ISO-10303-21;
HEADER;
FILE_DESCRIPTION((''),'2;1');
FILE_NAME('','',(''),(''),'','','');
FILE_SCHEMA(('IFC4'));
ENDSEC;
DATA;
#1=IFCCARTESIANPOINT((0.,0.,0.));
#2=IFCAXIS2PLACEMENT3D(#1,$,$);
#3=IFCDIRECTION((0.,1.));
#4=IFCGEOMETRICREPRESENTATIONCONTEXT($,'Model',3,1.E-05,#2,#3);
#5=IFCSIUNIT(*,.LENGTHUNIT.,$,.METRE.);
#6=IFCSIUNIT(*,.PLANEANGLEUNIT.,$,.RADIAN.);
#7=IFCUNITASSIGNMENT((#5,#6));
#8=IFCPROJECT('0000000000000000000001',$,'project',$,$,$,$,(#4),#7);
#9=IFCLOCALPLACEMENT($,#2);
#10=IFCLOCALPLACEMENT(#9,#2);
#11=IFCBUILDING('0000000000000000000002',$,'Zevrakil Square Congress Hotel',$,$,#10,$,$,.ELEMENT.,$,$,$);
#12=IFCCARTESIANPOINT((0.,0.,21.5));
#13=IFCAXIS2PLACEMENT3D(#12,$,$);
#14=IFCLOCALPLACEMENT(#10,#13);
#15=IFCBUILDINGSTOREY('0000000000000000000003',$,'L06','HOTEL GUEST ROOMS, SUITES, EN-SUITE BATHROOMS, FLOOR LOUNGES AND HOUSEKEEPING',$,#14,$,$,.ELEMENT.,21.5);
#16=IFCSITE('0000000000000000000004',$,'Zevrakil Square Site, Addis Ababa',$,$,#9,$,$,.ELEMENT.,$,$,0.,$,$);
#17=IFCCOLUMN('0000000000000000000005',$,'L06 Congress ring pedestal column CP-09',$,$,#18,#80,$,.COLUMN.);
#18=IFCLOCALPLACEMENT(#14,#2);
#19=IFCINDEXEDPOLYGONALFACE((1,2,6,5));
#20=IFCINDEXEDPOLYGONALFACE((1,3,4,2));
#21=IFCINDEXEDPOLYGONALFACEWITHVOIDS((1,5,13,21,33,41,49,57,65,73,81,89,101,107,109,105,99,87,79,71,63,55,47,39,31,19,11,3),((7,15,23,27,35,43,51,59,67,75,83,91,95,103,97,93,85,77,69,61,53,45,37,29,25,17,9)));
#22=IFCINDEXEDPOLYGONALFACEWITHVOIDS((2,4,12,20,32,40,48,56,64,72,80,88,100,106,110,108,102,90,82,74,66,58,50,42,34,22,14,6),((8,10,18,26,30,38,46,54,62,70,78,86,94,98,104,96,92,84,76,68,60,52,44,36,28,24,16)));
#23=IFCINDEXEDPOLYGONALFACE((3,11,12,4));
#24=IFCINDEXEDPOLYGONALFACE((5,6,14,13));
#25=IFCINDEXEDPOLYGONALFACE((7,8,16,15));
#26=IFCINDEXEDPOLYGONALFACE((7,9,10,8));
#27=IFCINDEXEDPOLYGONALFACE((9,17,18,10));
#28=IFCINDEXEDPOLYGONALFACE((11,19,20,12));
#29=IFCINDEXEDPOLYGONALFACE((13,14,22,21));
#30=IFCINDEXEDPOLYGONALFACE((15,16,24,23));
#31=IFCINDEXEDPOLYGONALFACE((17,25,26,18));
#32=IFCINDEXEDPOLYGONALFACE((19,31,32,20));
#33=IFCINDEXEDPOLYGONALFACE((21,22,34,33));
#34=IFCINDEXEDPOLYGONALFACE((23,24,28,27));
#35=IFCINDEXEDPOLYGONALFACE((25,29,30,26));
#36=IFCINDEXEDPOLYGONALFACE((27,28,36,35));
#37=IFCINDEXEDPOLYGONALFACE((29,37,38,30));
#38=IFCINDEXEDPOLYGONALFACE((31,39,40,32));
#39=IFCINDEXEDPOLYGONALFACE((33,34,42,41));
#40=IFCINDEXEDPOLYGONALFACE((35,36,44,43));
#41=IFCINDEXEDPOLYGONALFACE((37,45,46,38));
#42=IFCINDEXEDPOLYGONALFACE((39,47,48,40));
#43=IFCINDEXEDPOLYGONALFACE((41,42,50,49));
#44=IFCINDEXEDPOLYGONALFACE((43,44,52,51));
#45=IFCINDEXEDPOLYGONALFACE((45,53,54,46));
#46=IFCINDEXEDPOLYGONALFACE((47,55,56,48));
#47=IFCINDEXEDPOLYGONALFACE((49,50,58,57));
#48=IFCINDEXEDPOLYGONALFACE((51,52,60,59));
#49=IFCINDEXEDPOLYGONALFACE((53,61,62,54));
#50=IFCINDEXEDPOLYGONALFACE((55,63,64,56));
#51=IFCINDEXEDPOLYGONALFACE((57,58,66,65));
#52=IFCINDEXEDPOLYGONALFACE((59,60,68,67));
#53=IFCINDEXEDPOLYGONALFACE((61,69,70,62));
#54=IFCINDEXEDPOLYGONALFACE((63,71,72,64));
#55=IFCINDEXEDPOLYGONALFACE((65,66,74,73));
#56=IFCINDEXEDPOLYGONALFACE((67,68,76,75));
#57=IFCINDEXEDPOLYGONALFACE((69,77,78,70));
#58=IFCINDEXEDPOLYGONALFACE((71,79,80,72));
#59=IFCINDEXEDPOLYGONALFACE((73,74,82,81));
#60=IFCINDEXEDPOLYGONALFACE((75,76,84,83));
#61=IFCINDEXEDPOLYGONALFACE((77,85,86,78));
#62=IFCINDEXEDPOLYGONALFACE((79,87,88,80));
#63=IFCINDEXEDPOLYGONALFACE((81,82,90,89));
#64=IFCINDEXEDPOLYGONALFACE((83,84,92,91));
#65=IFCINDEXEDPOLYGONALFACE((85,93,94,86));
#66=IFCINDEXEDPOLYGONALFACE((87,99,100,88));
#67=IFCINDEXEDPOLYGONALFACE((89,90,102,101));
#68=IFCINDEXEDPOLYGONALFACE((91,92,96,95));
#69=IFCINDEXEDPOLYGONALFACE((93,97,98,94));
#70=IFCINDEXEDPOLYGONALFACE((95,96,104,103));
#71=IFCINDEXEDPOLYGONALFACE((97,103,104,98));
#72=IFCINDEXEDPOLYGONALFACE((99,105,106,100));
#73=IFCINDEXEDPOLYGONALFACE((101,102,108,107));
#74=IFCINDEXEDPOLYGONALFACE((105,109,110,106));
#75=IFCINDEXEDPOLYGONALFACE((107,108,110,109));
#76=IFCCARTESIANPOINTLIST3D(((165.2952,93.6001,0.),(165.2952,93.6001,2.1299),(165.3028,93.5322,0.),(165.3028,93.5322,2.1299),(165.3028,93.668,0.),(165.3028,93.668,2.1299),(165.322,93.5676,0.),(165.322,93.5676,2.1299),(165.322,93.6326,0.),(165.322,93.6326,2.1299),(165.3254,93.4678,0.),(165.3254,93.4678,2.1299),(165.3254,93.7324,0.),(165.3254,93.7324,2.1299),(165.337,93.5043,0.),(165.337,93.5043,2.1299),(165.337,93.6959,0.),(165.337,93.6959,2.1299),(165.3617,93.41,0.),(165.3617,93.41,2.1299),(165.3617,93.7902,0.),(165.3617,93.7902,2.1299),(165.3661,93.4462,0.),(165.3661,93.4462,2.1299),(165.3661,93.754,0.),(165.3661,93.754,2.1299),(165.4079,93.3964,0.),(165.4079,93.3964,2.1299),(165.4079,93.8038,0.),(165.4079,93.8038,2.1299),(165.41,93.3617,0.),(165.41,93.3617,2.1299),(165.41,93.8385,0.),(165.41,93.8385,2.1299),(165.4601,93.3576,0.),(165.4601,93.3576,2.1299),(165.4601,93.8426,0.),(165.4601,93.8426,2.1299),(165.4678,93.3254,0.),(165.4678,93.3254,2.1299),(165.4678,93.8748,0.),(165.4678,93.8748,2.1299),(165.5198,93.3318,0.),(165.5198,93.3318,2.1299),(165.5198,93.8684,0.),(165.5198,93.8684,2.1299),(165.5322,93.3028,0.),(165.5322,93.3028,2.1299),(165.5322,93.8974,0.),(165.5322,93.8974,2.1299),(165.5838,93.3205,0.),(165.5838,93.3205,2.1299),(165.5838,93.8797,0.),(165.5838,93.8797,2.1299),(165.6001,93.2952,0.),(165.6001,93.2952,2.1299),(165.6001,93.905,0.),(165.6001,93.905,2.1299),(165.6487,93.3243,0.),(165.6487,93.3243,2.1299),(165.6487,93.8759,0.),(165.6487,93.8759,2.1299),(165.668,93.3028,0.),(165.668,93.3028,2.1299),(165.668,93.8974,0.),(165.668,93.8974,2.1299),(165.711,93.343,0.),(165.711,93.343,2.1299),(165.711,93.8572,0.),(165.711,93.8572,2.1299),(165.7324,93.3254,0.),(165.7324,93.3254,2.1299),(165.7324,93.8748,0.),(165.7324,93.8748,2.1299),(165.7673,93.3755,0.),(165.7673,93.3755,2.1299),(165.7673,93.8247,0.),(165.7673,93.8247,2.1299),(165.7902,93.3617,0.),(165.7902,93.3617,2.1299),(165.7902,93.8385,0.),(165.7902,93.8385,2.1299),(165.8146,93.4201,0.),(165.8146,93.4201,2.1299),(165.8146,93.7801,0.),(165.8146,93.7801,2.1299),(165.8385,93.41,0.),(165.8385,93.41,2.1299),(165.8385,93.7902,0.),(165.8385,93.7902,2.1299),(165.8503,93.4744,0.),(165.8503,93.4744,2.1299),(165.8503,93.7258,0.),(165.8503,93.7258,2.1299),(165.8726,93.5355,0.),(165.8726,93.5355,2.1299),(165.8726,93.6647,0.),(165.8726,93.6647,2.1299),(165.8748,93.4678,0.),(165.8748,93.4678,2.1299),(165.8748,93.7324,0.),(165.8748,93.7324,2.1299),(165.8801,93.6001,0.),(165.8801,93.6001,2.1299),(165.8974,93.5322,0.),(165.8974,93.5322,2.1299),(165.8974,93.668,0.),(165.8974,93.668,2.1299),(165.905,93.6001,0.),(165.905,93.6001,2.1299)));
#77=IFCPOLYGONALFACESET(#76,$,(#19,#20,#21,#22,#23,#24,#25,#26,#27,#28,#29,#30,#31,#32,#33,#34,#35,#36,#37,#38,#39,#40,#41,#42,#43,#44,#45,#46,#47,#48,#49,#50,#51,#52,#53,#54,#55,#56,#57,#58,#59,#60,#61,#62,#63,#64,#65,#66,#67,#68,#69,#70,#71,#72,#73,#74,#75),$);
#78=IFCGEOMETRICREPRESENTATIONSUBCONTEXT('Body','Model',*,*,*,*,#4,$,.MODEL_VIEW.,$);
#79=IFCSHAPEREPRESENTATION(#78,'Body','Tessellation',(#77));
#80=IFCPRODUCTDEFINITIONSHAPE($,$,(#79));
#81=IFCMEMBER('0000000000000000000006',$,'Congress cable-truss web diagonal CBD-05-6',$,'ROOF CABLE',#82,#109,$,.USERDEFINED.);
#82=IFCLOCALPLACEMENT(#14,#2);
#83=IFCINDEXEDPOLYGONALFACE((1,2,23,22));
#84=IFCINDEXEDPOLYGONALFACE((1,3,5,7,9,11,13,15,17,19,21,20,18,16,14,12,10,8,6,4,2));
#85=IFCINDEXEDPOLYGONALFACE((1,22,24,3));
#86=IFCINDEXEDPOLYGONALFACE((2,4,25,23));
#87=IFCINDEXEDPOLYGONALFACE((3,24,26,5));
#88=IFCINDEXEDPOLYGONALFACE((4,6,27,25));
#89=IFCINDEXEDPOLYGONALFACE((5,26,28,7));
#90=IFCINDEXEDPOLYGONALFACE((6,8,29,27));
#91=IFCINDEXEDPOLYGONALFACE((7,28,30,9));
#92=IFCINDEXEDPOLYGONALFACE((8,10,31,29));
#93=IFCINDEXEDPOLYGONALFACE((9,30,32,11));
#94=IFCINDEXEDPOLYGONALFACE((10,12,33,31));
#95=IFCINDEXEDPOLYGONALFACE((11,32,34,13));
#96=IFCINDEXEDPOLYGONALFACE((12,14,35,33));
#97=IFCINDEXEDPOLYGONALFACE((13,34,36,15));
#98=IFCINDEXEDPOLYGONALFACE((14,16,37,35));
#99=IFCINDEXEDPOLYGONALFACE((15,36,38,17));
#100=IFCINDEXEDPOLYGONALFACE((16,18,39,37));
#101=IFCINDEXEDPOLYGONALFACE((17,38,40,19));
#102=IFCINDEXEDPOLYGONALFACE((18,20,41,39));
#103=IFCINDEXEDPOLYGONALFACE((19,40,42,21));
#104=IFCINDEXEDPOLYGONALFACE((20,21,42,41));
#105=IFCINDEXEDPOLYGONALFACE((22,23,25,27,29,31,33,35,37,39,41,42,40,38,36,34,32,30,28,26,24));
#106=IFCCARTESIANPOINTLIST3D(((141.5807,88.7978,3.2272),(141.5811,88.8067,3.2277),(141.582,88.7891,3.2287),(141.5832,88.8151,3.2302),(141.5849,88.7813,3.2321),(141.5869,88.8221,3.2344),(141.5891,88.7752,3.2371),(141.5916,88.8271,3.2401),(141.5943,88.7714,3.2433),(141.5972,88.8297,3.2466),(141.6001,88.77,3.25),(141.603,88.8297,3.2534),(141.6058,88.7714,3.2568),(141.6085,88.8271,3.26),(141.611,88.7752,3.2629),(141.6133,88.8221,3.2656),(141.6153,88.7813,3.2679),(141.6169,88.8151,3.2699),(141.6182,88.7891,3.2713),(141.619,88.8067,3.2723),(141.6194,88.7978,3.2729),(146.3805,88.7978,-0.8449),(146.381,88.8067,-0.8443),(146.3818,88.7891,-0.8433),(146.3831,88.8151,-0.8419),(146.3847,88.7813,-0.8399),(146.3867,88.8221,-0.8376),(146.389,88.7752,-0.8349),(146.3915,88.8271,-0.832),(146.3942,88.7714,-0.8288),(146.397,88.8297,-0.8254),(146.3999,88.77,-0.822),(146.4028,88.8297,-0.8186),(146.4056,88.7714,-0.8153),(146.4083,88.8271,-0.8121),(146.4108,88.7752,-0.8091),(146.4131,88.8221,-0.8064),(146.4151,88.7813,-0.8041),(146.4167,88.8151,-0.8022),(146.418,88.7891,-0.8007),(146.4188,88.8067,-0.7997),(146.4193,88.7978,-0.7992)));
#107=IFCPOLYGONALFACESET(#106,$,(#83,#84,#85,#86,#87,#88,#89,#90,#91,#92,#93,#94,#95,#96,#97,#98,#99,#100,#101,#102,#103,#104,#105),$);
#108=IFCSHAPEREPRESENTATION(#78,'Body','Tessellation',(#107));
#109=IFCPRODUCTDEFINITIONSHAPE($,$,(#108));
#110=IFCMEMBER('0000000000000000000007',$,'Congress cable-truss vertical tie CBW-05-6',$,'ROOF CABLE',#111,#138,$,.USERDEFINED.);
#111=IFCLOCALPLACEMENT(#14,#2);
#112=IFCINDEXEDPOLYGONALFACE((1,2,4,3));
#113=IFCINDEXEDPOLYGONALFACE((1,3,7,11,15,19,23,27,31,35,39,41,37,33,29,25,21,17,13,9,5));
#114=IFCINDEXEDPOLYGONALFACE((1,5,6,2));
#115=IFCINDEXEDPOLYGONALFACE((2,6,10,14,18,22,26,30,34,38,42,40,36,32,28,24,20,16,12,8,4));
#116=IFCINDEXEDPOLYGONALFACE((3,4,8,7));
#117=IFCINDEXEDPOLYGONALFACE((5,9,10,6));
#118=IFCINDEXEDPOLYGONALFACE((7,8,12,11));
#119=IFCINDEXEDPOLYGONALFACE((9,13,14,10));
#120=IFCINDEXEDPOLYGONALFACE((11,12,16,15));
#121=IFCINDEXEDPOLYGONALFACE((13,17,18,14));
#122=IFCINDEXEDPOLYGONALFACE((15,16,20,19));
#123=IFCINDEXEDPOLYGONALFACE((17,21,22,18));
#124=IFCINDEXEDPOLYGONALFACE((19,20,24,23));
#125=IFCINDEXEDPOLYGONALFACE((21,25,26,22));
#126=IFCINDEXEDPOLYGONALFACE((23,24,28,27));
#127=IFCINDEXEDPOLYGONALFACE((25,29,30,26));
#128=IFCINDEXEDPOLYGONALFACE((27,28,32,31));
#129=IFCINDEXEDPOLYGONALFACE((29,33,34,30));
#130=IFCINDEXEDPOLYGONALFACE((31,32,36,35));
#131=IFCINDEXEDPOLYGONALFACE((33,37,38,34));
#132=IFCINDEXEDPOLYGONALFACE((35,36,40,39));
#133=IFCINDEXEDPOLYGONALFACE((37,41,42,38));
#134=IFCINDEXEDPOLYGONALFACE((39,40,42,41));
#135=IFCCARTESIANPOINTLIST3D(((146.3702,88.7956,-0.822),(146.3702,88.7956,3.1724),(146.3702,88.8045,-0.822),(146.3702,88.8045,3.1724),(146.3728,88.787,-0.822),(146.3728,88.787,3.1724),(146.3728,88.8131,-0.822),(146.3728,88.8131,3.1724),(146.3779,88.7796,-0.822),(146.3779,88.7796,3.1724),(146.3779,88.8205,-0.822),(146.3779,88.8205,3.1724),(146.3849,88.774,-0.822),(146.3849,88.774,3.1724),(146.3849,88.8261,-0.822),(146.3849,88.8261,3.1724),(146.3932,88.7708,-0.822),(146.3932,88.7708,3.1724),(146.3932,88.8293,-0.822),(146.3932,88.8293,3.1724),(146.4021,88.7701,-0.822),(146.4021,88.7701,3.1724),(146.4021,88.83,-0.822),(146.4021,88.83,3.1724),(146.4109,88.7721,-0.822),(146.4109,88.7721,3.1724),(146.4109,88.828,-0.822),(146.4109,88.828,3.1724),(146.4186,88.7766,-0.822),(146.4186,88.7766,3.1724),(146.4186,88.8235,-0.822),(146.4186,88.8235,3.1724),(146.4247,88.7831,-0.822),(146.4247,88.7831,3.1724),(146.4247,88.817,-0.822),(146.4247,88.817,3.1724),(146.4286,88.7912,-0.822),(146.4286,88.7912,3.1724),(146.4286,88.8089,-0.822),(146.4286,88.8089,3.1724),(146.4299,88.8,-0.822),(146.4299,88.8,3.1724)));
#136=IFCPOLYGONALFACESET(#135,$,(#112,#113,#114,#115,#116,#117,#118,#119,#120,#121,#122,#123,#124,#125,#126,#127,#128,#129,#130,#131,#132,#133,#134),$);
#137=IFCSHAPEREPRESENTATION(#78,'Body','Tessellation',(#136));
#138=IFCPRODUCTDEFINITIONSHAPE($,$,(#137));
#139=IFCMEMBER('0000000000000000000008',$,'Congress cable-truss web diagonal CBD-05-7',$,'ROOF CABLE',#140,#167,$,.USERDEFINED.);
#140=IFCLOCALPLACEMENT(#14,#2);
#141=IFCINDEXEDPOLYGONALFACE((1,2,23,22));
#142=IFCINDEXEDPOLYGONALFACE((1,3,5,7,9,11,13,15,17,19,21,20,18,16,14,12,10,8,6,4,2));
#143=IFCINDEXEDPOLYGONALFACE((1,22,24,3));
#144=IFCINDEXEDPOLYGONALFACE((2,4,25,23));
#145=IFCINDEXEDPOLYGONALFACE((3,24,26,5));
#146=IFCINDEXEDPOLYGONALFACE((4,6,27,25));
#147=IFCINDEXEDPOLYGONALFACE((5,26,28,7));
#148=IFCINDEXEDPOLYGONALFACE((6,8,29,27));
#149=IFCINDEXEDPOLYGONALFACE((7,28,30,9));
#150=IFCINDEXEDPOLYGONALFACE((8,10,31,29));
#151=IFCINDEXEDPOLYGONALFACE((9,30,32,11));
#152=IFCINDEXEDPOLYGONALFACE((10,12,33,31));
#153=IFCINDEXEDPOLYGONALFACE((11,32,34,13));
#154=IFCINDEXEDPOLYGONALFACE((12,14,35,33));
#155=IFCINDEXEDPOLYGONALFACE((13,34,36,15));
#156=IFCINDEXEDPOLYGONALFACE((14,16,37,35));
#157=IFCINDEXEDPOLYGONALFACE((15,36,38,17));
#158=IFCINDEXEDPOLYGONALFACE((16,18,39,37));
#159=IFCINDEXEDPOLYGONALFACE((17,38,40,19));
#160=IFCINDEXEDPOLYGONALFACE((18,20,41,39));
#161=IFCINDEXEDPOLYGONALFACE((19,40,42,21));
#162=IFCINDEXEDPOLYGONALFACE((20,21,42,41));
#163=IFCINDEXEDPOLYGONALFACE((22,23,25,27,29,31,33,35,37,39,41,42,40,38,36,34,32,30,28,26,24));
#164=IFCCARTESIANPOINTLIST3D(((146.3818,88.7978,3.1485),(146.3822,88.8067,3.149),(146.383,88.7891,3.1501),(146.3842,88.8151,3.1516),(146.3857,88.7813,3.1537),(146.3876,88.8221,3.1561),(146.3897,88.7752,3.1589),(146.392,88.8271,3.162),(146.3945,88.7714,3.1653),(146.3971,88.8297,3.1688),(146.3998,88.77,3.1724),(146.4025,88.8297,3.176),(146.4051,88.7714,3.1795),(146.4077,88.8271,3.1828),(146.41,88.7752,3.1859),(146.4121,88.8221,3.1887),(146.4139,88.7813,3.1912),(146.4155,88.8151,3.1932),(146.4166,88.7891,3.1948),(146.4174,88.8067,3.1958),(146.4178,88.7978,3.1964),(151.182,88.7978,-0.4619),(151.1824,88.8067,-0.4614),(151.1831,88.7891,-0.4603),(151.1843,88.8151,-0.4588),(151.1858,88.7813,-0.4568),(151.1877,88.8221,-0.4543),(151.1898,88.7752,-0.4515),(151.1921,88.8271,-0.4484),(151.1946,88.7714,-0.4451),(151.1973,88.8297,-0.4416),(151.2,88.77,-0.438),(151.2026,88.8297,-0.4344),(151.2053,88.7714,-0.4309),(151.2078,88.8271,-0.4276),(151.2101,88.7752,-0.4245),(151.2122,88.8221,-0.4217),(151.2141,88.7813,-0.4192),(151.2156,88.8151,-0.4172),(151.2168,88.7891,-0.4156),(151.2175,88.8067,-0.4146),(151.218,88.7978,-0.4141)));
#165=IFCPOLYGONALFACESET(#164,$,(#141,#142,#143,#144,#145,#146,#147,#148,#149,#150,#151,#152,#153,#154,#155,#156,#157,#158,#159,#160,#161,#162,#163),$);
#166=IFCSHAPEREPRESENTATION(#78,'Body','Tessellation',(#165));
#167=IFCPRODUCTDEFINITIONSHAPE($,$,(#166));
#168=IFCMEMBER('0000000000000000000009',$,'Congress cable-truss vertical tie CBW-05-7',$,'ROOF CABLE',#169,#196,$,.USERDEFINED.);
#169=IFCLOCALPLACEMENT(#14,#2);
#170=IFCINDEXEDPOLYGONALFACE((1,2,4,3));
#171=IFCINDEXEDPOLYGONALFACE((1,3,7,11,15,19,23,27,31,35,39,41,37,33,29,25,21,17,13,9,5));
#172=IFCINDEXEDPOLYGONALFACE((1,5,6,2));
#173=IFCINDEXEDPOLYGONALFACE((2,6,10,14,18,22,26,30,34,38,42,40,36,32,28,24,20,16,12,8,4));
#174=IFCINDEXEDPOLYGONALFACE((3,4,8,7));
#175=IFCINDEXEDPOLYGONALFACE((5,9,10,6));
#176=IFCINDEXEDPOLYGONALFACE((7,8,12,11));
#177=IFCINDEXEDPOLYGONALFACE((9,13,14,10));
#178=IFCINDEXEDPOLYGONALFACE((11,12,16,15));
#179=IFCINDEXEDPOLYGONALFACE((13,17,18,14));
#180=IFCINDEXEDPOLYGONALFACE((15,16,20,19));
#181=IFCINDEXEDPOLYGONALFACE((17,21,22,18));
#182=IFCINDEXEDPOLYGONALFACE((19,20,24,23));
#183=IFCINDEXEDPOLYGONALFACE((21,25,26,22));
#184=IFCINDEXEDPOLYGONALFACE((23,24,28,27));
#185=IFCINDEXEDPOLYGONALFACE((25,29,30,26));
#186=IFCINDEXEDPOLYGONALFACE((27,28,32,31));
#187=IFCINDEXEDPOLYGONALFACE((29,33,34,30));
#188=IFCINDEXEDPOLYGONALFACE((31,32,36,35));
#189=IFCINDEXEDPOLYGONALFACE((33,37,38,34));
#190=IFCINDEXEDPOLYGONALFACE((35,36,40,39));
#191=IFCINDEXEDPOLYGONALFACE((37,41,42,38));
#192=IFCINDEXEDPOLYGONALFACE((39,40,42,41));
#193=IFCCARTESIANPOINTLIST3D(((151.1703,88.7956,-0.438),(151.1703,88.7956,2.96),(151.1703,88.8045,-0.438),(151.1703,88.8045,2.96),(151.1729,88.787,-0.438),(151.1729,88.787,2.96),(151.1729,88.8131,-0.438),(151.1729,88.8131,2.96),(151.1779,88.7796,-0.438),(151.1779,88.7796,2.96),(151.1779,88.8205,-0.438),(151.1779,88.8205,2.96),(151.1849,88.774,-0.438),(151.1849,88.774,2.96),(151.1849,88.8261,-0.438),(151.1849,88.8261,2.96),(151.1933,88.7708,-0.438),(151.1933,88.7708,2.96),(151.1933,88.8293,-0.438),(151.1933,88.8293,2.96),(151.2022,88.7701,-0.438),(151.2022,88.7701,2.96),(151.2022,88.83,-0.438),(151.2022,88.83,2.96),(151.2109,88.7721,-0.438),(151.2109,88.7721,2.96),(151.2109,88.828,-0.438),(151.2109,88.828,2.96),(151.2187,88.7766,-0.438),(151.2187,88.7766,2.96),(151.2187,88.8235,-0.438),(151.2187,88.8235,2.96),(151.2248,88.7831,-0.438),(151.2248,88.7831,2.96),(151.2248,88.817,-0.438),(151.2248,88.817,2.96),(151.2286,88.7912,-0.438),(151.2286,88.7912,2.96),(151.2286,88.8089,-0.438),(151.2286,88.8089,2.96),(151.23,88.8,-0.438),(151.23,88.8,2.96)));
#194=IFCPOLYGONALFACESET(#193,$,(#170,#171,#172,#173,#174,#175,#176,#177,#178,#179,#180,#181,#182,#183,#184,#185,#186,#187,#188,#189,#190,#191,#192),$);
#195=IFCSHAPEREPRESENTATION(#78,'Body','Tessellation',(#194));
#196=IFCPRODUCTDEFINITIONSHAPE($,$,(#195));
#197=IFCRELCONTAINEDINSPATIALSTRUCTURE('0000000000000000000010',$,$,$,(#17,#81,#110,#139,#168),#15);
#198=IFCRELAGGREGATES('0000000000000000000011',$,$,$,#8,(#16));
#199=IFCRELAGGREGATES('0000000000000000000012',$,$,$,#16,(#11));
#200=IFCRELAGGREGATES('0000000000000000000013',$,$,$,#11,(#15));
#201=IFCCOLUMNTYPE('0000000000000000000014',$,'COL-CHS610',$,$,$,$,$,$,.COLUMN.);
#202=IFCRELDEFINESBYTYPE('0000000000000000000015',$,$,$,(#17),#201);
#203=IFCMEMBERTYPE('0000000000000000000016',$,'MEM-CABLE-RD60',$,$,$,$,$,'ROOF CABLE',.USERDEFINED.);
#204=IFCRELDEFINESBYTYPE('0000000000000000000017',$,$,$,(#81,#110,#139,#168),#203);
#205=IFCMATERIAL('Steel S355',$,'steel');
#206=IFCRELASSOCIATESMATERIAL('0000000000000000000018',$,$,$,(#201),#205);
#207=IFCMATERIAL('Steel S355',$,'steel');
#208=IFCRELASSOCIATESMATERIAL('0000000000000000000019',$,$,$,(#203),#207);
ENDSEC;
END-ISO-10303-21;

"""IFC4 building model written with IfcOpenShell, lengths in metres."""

from ifc_helpers import new_model, si_unit, direction, frame, origin, origin_2d, place, context, subcontext, project, spatial, circle, hollow_circle, extrude, material, material_profile, profile_set, type_object, element, save


model = new_model("IFC4")

# Units and contexts
model_context = context("Model", 3, precision=1e-05, world=origin(), true_north=direction((0.0, 1.0)))
body_context = subcontext(model_context, "Body", "Model", "MODEL_VIEW")
ifc_project = project(units=[si_unit("LENGTHUNIT", "METRE"), si_unit("PLANEANGLEUNIT", "RADIAN")], contexts=[model_context])

# Site, building, storey
site_placement = place(None, origin())
site = spatial("IfcSite", under=ifc_project, at=site_placement, Name="Zevrakil Square Site, Addis Ababa", CompositionType="ELEMENT", RefElevation=0.0)
building_placement = place(site_placement, origin())
building = spatial("IfcBuilding", under=site, at=building_placement, Name="Zevrakil Square Congress Hotel", CompositionType="ELEMENT")
storey_placement = place(building_placement, frame((0.0, 0.0, 21.5)))
storey = spatial("IfcBuildingStorey", under=building, at=storey_placement, Name="L06", Description="HOTEL GUEST ROOMS, SUITES, EN-SUITE BATHROOMS, FLOOR LOUNGES AND HOUSEKEEPING", CompositionType="ELEMENT", Elevation=21.5)

# Column
ifc_material_1 = material(Name="Steel S355", Category="steel")
ifc_material_profile_1 = material_profile(ifc_material_1, hollow_circle(Radius=0.3049, WallThickness=0.0249, at=origin_2d()), Name="CHS 610x25")
ifc_profile_set_1 = profile_set([ifc_material_profile_1], Name="Steel S355")
column_type = type_object("IfcColumnType", Name="COL-CHS610", PredefinedType="COLUMN", material=ifc_profile_set_1)
column_placement = place(storey_placement, frame((165.6001, 93.6001, 0.0), z_axis=(0.0, 0.0, 1.0), x_axis=(1.0, 0.0, 0.0)))
element("IfcColumn", 1, at=column_placement, inside=storey, type_object=column_type, Name="L06 Congress ring pedestal column CP-09", PredefinedType="COLUMN", context=body_context, shape_type="SweptSolid", body=[
    extrude(hollow_circle(Radius=0.3049, WallThickness=0.0249, at=origin_2d()), origin(), (0.0, 0.0, 1.0), 2.1299),
])

# Members
ifc_material_2 = material(Name="Steel S355", Category="steel")
ifc_material_profile_2 = material_profile(ifc_material_2, circle(Radius=0.03, at=origin_2d()), Name="CABLE RD60")
ifc_profile_set_2 = profile_set([ifc_material_profile_2], Name="Steel S355")
member_type_1 = type_object("IfcMemberType", Name="MEM-CABLE-RD60", ElementType="ROOF CABLE", PredefinedType="USERDEFINED", material=ifc_profile_set_2)
member_1_placement = place(storey_placement, frame((146.3999, 88.8, -0.822), z_axis=(-0.762551, 0.0, 0.646928), x_axis=(0.0, -1.0, 0.0)))
element("IfcMember", 2, at=member_1_placement, inside=storey, type_object=member_type_1, Name="Congress cable-truss web diagonal CBD-05-6", ObjectType="ROOF CABLE", PredefinedType="USERDEFINED", context=body_context, shape_type="SweptSolid", body=[
    extrude(circle(Radius=0.03, at=origin_2d()), origin(), (0.0, 0.0, 1.0), 6.2944),
])
member_2_placement = place(storey_placement, frame((146.3999, 88.8, -0.822), z_axis=(0.0, 0.0, 1.0), x_axis=(1.0, 0.0, 0.0)))
element("IfcMember", 3, at=member_2_placement, inside=storey, type_object=member_type_1, Name="Congress cable-truss vertical tie CBW-05-6", ObjectType="ROOF CABLE", PredefinedType="USERDEFINED", context=body_context, shape_type="SweptSolid", body=[
    extrude(circle(Radius=0.03, at=origin_2d()), origin(), (0.0, 0.0, 1.0), 3.9944),
])
member_3_placement = place(storey_placement, frame((151.2, 88.8, -0.438), z_axis=(-0.799175, 0.0, 0.601099), x_axis=(0.0, -1.0, 0.0)))
element("IfcMember", 4, at=member_3_placement, inside=storey, type_object=member_type_1, Name="Congress cable-truss web diagonal CBD-05-7", ObjectType="ROOF CABLE", PredefinedType="USERDEFINED", context=body_context, shape_type="SweptSolid", body=[
    extrude(circle(Radius=0.03, at=origin_2d()), origin(), (0.0, 0.0, 1.0), 6.0063),
])
member_4_placement = place(storey_placement, frame((151.2, 88.8, -0.438), z_axis=(0.0, 0.0, 1.0), x_axis=(1.0, 0.0, 0.0)))
element("IfcMember", 5, at=member_4_placement, inside=storey, type_object=member_type_1, Name="Congress cable-truss vertical tie CBW-05-7", ObjectType="ROOF CABLE", PredefinedType="USERDEFINED", context=body_context, shape_type="SweptSolid", body=[
    extrude(circle(Radius=0.03, at=origin_2d()), origin(), (0.0, 0.0, 1.0), 3.3979),
])

save(model, "model.ifc")
